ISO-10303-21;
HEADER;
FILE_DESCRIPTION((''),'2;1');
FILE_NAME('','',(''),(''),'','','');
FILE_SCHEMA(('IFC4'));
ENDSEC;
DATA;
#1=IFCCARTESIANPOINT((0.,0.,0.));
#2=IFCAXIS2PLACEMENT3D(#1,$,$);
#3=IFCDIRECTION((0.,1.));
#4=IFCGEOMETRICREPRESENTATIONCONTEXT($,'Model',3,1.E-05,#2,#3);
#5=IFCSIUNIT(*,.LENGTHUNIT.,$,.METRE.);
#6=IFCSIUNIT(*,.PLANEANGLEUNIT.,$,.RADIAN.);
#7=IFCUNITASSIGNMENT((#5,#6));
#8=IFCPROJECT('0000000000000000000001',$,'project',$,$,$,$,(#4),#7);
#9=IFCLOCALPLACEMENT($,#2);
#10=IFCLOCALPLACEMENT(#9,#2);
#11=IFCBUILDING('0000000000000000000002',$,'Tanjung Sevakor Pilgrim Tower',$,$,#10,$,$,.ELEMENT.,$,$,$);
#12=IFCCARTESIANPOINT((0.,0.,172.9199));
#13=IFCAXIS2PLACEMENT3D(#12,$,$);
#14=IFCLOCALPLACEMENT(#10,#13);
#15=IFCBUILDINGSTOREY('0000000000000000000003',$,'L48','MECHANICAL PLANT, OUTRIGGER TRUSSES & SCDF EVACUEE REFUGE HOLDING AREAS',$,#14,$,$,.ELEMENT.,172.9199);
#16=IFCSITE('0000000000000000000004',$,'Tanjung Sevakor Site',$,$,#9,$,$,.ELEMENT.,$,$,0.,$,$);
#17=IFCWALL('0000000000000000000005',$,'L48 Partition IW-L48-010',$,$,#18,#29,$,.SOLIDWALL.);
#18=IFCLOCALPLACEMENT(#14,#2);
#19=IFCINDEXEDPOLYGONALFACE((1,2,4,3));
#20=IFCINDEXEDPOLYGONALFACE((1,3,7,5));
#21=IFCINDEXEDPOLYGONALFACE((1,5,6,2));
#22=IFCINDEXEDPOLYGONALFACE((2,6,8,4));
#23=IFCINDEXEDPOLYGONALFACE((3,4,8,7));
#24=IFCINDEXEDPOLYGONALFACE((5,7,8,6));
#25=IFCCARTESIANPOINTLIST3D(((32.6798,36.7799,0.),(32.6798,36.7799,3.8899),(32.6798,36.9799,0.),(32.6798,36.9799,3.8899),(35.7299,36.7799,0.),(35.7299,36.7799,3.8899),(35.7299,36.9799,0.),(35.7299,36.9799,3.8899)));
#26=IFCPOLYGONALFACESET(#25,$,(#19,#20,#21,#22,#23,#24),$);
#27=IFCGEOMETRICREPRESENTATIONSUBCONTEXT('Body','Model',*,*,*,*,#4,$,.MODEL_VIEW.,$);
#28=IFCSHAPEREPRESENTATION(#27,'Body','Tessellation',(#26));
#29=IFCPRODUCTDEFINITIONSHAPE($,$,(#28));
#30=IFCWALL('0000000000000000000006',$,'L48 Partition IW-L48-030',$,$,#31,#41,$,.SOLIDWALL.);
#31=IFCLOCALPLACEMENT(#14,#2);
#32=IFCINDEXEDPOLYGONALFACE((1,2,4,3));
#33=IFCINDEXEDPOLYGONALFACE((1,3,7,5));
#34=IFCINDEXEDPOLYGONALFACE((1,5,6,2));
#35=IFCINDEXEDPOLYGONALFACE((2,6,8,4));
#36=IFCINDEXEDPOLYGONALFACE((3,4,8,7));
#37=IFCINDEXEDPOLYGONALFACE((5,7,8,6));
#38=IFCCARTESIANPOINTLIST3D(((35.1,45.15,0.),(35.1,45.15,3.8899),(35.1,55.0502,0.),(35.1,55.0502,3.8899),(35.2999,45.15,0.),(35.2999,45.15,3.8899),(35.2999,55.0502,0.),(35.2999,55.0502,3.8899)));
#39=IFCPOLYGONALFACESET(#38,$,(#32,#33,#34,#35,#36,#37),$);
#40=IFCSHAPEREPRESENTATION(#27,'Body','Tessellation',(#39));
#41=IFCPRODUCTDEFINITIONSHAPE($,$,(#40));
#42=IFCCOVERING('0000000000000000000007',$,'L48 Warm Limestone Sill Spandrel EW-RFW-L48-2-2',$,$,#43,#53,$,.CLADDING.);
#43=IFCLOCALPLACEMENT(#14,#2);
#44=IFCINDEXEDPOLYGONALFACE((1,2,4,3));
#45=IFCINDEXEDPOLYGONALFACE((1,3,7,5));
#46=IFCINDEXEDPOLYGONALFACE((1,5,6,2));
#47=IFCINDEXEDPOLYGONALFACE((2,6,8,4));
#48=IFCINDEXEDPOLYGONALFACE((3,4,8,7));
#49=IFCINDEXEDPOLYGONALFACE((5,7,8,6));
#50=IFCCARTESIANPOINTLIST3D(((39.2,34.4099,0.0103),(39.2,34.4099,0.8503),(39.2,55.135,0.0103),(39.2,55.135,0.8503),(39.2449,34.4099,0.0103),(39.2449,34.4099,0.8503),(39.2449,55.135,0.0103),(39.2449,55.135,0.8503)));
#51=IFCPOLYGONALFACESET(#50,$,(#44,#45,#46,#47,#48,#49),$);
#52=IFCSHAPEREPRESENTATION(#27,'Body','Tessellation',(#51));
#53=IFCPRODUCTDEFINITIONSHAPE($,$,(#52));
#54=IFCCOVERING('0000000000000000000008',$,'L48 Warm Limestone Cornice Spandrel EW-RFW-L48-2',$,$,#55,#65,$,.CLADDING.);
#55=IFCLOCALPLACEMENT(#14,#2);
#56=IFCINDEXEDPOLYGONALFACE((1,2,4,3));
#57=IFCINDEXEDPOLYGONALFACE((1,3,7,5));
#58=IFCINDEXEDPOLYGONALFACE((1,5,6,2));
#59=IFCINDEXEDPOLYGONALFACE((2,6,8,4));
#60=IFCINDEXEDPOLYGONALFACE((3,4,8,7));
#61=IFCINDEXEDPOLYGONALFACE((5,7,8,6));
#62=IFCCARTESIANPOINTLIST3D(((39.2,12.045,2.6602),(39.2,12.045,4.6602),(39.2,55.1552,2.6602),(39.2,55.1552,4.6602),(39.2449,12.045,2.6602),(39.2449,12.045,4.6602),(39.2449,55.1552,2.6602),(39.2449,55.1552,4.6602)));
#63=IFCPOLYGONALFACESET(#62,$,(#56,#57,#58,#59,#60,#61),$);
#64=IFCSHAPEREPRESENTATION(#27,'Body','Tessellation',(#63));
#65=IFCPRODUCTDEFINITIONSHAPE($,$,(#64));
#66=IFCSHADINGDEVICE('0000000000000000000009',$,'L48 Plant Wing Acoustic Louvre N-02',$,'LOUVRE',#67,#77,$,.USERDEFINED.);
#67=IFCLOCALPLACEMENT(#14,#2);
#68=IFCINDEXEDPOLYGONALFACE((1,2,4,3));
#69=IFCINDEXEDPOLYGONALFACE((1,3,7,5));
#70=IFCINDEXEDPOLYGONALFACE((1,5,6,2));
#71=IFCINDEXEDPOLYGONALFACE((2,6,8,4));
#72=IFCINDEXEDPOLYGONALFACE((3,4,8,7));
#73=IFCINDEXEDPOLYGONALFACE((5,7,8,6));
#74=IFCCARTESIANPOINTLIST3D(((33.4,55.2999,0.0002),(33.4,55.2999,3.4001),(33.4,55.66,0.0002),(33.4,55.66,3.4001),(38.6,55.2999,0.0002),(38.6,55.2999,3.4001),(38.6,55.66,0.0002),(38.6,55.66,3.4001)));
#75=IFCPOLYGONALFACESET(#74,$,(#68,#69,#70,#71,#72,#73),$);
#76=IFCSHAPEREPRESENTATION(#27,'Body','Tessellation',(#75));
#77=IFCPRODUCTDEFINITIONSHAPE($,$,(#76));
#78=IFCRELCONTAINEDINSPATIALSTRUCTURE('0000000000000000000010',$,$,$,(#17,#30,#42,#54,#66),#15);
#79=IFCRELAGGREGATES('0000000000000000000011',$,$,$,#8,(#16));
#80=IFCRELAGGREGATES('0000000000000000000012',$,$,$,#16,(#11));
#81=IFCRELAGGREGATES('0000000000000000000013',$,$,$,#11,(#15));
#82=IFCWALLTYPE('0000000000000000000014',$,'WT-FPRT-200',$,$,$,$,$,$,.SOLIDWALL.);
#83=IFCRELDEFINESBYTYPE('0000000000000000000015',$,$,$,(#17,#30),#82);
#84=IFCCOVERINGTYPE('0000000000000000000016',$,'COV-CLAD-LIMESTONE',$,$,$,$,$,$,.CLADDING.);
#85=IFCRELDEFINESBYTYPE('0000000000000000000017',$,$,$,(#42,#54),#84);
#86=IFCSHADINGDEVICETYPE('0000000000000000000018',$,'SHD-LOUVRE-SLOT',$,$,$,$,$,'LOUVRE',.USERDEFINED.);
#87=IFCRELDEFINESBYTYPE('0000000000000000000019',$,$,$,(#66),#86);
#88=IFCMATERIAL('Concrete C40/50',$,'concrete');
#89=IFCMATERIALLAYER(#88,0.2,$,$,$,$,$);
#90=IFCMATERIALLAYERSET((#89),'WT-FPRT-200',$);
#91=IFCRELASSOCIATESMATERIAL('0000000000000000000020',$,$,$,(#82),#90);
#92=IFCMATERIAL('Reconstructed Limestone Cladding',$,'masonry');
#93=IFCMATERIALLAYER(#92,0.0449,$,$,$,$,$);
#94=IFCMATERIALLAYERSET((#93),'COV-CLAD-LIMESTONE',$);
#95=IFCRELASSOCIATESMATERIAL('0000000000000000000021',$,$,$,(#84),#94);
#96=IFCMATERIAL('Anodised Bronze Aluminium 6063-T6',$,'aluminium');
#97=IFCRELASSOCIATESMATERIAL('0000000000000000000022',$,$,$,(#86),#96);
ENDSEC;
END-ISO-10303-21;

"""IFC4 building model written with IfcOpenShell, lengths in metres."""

from ifc_helpers import new_model, si_unit, direction, frame, frame_2d, origin, origin_2d, place, context, subcontext, project, spatial, rectangle, extrude, material, layer, layer_set, type_object, element, save


model = new_model("IFC4")

# Units and contexts
model_context = context("Model", 3, precision=1e-05, world=origin(), true_north=direction((0.0, 1.0)))
body_context = subcontext(model_context, "Body", "Model", "MODEL_VIEW")
ifc_project = project(units=[si_unit("LENGTHUNIT", "METRE"), si_unit("PLANEANGLEUNIT", "RADIAN")], contexts=[model_context])

# Site, building, storey
site_placement = place(None, origin())
site = spatial("IfcSite", under=ifc_project, at=site_placement, Name="Tanjung Sevakor Site", CompositionType="ELEMENT", RefElevation=0.0)
building_placement = place(site_placement, origin())
building = spatial("IfcBuilding", under=site, at=building_placement, Name="Tanjung Sevakor Pilgrim Tower", CompositionType="ELEMENT")
storey_placement = place(building_placement, frame((0.0, 0.0, 172.9199)))
storey = spatial("IfcBuildingStorey", under=building, at=storey_placement, Name="L48", Description="MECHANICAL PLANT, OUTRIGGER TRUSSES & SCDF EVACUEE REFUGE HOLDING AREAS", CompositionType="ELEMENT", Elevation=172.9199)

# Walls
ifc_material_1 = material(Name="Concrete C40/50", Category="concrete")
ifc_layer_1 = layer(ifc_material_1, 0.2)
ifc_layer_set_1 = layer_set([ifc_layer_1], Name="WT-FPRT-200")
wall_type_1 = type_object("IfcWallType", Name="WT-FPRT-200", PredefinedType="SOLIDWALL", material=ifc_layer_set_1)
wall_1_placement = place(storey_placement, frame((32.6799, 36.8799, 0.0), z_axis=(0.0, 0.0, 1.0), x_axis=(1.0, 0.0, 0.0)))
element("IfcWall", 1, at=wall_1_placement, inside=storey, type_object=wall_type_1, Name="L48 Partition IW-L48-010", PredefinedType="SOLIDWALL", context=body_context, shape_type="SweptSolid", body=[
    extrude(rectangle(XDim=3.05, YDim=0.2, at=frame_2d((1.5249, 0.0))), origin(), (0.0, 0.0, 1.0), 3.8899),
])
wall_2_placement = place(storey_placement, frame((35.2, 45.1499, 0.0), z_axis=(0.0, 0.0, 1.0), x_axis=(0.0, 1.0, 0.0)))
element("IfcWall", 2, at=wall_2_placement, inside=storey, type_object=wall_type_1, Name="L48 Partition IW-L48-030", PredefinedType="SOLIDWALL", context=body_context, shape_type="SweptSolid", body=[
    extrude(rectangle(XDim=9.9001, YDim=0.2, at=frame_2d((4.9502, 0.0))), origin(), (0.0, 0.0, 1.0), 3.8899),
])

# Coverings
ifc_material_2 = material(Name="Reconstructed Limestone Cladding", Category="masonry")
ifc_layer_2 = layer(ifc_material_2, 0.0449)
ifc_layer_set_2 = layer_set([ifc_layer_2], Name="COV-CLAD-LIMESTONE")
covering_type = type_object("IfcCoveringType", Name="COV-CLAD-LIMESTONE", PredefinedType="CLADDING", material=ifc_layer_set_2)
covering_1_placement = place(storey_placement, frame((39.2224, 44.7725, 0.0103), z_axis=(0.0, 0.0, 1.0), x_axis=(0.0, 1.0, 0.0)))
element("IfcCovering", 3, at=covering_1_placement, inside=storey, type_object=covering_type, Name="L48 Warm Limestone Sill Spandrel EW-RFW-L48-2-2", PredefinedType="CLADDING", context=body_context, shape_type="SweptSolid", body=[
    extrude(rectangle(XDim=20.7251, YDim=0.0449, at=origin_2d()), origin(), (0.0, 0.0, 1.0), 0.8401),
])
covering_2_placement = place(storey_placement, frame((39.2224, 33.6001, 2.6602), z_axis=(0.0, 0.0, 1.0), x_axis=(0.0, 1.0, 0.0)))
element("IfcCovering", 4, at=covering_2_placement, inside=storey, type_object=covering_type, Name="L48 Warm Limestone Cornice Spandrel EW-RFW-L48-2", PredefinedType="CLADDING", context=body_context, shape_type="SweptSolid", body=[
    extrude(rectangle(XDim=43.1101, YDim=0.0449, at=origin_2d()), origin(), (0.0, 0.0, 1.0), 2.0),
])

# Shading device
ifc_material_3 = material(Name="Anodised Bronze Aluminium 6063-T6", Category="aluminium")
shading_device_type = type_object("IfcShadingDeviceType", Name="SHD-LOUVRE-SLOT", ElementType="LOUVRE", PredefinedType="USERDEFINED", material=ifc_material_3)
shading_device_placement = place(storey_placement, frame((36.0, 55.48, 0.0002), z_axis=(0.0, 0.0, 1.0), x_axis=(1.0, 0.0, 0.0)))
element("IfcShadingDevice", 5, at=shading_device_placement, inside=storey, type_object=shading_device_type, Name="L48 Plant Wing Acoustic Louvre N-02", ObjectType="LOUVRE", PredefinedType="USERDEFINED", context=body_context, shape_type="SweptSolid", body=[
    extrude(rectangle(XDim=5.2, YDim=0.3601, at=origin_2d()), origin(), (0.0, 0.0, 1.0), 3.3999),
])

save(model, "model.ifc")
